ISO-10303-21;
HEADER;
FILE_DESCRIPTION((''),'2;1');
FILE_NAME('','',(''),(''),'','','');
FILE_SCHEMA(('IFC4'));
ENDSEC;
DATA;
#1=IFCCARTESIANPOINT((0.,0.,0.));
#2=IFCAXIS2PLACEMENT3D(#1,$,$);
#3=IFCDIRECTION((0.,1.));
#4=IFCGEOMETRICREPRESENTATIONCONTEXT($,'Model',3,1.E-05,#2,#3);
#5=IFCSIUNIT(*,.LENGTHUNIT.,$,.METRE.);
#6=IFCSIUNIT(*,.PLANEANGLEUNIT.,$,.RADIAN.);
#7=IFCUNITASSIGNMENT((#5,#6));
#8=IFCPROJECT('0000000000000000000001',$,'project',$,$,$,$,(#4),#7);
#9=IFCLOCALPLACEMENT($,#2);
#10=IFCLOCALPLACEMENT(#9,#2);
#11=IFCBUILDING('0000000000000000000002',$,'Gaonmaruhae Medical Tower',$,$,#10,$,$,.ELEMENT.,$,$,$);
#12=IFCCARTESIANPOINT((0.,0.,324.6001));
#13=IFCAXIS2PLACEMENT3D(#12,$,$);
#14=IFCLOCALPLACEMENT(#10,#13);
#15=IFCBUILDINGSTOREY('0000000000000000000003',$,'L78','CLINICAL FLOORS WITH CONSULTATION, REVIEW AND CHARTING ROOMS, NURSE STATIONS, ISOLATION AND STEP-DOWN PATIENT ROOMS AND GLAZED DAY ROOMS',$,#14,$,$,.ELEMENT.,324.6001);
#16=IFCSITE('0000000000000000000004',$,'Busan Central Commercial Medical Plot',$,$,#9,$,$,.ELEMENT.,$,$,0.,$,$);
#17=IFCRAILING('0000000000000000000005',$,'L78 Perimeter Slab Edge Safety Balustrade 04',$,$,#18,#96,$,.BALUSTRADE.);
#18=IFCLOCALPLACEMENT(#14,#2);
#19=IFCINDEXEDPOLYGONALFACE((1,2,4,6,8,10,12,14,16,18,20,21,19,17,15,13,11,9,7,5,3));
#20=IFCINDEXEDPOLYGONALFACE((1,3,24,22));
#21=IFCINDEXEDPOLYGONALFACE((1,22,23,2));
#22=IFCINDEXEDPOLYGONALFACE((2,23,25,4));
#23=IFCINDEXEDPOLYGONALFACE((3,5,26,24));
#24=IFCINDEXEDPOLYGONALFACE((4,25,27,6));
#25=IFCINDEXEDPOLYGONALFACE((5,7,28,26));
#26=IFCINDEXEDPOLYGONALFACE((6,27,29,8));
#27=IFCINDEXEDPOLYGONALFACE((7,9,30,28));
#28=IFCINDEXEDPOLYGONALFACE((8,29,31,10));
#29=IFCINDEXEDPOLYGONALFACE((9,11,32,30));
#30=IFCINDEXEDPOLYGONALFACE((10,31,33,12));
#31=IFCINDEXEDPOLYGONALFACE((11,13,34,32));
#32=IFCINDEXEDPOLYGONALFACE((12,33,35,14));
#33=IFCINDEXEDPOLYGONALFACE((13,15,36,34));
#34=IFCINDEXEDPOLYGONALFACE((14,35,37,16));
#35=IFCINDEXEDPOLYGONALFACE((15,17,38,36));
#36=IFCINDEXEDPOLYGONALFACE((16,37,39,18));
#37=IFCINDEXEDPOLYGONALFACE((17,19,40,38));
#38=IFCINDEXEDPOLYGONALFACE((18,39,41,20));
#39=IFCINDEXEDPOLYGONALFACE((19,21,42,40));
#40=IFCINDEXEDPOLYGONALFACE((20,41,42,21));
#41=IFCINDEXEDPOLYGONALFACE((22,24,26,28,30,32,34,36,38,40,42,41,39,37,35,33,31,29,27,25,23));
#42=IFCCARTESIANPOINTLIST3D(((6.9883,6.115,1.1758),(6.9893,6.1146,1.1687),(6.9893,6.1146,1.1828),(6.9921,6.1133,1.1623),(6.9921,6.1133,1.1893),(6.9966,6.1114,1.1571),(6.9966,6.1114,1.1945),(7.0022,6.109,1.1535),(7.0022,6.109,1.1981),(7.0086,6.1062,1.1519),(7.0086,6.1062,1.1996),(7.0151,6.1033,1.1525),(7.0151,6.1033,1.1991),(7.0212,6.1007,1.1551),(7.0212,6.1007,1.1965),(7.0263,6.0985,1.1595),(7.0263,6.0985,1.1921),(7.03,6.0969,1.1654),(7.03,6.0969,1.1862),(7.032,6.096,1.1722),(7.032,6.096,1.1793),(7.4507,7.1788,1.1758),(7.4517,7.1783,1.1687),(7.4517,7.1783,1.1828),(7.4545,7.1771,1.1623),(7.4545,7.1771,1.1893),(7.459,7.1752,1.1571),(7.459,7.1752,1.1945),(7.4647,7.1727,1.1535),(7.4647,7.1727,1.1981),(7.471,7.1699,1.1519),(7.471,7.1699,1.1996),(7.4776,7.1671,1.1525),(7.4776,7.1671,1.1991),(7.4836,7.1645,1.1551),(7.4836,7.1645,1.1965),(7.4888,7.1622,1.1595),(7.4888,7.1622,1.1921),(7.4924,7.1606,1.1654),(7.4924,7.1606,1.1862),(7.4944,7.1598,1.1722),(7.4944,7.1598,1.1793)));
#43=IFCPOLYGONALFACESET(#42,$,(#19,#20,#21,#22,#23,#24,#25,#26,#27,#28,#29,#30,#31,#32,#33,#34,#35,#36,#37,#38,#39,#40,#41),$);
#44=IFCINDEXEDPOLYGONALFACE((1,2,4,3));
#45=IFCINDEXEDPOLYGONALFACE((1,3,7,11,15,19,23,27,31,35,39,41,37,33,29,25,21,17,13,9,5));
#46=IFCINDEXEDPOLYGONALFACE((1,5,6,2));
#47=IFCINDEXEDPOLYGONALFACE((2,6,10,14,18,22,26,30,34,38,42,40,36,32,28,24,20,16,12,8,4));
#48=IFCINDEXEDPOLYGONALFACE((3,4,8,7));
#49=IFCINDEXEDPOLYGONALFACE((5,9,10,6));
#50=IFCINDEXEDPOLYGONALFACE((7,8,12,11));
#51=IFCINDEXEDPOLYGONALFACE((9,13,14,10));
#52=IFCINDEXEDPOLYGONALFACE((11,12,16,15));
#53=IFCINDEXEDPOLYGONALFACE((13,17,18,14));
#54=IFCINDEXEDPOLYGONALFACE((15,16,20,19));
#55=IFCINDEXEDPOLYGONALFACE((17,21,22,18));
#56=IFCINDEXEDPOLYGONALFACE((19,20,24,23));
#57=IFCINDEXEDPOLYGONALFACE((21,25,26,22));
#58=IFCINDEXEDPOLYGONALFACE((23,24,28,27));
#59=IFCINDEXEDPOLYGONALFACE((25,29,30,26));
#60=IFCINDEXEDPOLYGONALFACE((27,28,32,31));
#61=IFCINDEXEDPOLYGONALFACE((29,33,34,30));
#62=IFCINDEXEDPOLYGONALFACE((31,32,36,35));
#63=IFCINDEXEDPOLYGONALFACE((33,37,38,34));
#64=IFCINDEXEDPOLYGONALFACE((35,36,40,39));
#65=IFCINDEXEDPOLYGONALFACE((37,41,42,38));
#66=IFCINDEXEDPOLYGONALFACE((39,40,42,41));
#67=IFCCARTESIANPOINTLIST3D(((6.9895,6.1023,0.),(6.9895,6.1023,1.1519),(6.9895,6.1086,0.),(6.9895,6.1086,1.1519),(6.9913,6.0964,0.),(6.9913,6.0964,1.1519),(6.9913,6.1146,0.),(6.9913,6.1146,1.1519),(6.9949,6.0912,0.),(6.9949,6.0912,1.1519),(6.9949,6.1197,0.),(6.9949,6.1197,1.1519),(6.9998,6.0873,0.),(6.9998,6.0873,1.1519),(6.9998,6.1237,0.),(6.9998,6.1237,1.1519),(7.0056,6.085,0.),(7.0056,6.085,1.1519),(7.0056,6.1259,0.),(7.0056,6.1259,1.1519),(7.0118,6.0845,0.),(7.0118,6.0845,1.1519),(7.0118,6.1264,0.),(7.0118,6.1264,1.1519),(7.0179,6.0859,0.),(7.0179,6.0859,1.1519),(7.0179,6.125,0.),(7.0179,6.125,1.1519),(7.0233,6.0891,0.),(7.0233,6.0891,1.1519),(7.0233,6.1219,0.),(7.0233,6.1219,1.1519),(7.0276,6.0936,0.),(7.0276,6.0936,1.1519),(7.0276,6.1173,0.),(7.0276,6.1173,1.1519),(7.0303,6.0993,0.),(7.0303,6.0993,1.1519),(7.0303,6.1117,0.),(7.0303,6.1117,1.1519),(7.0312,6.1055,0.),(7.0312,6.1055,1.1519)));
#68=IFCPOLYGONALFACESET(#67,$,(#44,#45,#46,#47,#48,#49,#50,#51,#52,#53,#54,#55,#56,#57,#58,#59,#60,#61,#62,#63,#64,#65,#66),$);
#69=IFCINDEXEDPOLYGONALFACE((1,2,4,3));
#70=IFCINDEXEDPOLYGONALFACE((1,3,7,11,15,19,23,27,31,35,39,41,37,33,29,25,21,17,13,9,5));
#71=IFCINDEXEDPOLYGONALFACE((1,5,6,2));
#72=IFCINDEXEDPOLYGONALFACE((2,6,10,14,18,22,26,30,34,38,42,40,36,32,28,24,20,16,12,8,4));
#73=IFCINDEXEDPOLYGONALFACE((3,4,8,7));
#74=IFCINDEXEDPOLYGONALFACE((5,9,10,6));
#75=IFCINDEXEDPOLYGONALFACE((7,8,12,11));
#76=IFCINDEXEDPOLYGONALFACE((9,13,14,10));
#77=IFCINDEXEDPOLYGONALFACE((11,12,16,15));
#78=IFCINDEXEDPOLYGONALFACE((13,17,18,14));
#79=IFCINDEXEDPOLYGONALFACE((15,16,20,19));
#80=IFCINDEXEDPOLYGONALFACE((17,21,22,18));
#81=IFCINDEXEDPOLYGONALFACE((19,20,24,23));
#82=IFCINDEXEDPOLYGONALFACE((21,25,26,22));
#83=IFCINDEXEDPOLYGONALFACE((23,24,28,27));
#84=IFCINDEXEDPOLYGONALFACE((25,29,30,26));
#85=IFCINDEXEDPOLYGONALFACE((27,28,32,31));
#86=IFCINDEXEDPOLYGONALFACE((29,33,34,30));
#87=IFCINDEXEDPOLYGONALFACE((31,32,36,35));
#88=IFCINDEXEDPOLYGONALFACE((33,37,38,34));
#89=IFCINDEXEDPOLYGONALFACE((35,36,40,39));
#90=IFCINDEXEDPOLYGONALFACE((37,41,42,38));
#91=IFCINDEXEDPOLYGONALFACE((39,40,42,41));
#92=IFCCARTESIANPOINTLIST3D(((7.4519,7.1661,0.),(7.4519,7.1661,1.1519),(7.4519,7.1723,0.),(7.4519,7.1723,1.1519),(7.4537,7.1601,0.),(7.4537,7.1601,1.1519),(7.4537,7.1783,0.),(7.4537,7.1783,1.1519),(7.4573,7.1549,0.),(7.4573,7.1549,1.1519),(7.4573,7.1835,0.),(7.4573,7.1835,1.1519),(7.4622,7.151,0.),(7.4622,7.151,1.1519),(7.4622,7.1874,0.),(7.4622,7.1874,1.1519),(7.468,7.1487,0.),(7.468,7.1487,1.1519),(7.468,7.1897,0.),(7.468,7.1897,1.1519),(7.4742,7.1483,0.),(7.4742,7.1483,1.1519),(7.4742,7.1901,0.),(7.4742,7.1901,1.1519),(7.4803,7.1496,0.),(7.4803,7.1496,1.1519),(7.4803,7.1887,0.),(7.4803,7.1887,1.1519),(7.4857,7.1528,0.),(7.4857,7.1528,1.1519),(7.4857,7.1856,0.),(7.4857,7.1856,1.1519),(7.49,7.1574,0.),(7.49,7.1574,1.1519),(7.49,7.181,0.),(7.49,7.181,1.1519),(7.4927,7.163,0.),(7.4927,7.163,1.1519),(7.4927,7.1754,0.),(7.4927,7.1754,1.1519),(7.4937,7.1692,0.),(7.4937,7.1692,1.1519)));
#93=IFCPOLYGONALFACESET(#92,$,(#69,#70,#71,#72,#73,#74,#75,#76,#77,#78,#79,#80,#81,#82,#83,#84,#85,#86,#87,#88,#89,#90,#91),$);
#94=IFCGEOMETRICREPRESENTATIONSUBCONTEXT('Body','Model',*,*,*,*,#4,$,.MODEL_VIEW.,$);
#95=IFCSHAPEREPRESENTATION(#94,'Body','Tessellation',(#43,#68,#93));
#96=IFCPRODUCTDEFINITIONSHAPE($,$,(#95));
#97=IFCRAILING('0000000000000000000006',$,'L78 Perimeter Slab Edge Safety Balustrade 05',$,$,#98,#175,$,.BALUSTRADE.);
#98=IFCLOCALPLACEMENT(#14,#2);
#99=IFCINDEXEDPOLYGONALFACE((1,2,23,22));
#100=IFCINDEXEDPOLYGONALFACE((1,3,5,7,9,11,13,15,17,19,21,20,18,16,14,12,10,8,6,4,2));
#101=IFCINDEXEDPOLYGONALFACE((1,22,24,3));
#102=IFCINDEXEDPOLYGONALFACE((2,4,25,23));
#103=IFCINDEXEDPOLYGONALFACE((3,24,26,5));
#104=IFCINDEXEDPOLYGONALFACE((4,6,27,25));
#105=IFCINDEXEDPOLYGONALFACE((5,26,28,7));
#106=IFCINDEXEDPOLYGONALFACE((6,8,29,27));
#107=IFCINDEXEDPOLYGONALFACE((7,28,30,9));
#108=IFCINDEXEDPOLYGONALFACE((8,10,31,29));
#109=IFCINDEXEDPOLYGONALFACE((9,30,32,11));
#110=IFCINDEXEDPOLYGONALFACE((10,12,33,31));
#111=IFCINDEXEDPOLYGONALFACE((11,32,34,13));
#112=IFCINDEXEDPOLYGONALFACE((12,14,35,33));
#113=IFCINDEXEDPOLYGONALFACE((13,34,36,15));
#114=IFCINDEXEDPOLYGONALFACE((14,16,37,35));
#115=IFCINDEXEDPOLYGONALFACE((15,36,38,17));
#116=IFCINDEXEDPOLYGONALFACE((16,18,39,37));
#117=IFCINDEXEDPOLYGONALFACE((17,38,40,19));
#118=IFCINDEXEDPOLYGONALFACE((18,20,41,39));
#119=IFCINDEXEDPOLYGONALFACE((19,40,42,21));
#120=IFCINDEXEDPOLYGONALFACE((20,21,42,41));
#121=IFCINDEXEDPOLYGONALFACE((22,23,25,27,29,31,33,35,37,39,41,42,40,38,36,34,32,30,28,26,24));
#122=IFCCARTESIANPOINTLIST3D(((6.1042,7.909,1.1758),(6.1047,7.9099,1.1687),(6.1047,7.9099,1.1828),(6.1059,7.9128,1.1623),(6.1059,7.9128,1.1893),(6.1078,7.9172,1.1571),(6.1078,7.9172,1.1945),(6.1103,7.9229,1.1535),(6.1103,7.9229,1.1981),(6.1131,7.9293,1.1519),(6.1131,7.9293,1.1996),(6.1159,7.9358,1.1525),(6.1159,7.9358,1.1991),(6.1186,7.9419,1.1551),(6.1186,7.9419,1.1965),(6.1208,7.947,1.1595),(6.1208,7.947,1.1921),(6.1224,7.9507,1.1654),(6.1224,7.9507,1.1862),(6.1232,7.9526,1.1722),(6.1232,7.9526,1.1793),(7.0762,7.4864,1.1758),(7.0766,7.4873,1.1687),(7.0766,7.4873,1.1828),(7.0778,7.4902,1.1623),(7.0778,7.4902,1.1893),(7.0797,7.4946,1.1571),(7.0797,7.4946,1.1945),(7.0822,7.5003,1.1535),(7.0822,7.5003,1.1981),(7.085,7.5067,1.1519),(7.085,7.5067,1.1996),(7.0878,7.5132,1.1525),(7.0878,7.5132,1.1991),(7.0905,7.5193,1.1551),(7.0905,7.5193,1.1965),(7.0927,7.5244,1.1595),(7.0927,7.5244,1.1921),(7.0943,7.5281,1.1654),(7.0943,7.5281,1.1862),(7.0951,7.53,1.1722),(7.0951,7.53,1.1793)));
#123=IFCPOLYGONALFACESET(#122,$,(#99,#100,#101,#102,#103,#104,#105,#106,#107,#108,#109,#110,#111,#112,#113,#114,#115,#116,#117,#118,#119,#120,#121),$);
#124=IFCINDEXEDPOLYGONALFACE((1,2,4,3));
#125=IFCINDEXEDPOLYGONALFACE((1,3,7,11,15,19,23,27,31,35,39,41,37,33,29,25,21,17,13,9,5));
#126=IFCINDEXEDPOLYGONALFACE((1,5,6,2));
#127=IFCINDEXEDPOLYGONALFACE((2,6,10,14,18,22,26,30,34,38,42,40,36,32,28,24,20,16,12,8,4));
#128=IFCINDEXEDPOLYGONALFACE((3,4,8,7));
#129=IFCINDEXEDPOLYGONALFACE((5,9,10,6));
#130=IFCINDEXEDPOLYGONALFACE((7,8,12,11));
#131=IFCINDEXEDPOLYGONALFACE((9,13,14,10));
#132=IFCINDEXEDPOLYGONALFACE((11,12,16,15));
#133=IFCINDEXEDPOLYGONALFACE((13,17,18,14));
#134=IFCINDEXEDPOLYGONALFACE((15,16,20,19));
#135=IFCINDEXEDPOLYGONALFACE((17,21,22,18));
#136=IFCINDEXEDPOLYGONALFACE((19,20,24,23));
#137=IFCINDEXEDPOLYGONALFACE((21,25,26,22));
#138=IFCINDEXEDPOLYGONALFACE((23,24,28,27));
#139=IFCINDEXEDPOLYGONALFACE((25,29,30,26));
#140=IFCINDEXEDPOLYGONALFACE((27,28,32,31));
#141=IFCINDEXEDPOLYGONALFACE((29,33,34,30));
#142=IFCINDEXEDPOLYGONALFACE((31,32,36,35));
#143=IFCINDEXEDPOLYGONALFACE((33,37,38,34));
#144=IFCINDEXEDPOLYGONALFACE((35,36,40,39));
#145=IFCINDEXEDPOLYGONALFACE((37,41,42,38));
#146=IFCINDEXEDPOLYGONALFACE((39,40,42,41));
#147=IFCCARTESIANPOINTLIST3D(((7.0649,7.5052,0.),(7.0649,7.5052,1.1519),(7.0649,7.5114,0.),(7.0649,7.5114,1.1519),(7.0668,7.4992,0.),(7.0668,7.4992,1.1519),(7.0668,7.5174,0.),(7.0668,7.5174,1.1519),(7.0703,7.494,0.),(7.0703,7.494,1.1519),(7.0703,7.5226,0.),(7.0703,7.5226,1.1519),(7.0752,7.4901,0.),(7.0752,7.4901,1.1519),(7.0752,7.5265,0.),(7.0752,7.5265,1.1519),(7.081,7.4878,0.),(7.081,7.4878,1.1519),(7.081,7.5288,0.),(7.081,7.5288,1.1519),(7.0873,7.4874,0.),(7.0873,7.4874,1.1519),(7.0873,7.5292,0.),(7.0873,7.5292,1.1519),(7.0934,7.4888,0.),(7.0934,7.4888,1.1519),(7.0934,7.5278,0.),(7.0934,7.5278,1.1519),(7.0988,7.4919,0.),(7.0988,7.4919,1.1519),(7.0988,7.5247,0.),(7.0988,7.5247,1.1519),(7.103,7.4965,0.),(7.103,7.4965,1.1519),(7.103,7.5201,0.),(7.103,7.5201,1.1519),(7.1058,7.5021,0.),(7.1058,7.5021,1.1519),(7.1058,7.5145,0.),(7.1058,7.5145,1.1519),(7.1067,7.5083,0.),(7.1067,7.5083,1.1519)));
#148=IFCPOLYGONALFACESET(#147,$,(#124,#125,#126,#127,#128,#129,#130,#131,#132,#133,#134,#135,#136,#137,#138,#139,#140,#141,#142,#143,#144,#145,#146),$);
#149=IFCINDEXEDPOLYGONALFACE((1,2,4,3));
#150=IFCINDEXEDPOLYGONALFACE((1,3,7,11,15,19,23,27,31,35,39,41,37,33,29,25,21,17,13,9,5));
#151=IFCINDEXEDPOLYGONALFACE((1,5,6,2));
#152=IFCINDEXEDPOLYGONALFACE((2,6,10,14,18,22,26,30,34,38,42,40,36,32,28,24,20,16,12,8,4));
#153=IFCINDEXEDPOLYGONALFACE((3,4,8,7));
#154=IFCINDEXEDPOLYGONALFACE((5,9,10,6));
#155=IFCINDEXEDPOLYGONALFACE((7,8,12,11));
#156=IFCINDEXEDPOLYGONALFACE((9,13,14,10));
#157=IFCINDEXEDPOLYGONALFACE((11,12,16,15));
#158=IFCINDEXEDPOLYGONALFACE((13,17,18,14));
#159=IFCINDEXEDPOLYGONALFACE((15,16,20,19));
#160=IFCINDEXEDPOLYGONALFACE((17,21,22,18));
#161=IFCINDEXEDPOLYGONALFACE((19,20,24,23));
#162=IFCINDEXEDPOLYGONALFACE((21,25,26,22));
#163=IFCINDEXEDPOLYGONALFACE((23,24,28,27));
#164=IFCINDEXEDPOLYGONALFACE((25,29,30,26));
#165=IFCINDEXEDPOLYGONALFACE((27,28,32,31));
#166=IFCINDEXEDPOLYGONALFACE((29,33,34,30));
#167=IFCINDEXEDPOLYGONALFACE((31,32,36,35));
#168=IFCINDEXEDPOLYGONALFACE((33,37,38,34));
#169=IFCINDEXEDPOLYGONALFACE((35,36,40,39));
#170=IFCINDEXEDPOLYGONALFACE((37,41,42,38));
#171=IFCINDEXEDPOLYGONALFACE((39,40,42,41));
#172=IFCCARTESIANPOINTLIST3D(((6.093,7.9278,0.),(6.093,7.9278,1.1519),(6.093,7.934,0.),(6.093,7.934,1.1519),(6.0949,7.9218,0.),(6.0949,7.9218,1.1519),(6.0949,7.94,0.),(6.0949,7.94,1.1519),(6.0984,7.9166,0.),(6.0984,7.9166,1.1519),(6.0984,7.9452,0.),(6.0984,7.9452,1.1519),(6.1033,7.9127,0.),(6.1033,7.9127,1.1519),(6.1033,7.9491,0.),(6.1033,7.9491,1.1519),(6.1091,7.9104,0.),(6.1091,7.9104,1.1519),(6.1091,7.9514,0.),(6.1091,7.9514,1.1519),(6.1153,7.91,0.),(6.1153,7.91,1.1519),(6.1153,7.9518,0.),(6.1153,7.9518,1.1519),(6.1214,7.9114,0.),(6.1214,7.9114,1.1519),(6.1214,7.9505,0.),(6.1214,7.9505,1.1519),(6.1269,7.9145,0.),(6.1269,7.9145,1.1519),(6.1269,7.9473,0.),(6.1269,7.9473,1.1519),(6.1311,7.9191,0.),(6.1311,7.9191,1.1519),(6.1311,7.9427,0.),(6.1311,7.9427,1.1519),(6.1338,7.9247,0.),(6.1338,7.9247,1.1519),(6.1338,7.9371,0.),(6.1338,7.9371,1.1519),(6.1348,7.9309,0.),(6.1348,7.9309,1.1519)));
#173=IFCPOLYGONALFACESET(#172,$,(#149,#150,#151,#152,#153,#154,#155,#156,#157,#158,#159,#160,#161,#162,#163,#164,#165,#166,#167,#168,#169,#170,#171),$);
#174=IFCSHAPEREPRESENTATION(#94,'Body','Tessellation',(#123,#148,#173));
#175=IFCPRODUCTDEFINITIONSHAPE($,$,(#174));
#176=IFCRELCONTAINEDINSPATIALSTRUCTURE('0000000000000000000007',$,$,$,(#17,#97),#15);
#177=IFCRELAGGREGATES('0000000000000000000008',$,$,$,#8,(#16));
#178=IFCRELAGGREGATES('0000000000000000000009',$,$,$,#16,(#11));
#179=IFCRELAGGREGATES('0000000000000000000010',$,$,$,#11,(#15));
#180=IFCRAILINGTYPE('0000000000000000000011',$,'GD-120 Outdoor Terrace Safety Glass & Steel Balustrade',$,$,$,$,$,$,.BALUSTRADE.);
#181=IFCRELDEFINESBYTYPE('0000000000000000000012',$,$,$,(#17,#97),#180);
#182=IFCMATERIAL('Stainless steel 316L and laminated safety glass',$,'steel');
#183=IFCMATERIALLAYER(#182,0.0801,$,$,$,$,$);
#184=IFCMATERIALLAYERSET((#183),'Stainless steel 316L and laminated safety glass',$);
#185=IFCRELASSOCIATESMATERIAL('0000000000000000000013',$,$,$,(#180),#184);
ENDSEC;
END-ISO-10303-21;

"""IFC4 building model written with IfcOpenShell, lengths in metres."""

from ifc_helpers import new_model, si_unit, direction, frame, origin, origin_2d, place, context, subcontext, project, spatial, circle, extrude, material, layer, layer_set, type_object, element, save


model = new_model("IFC4")

# Units and contexts
model_context = context("Model", 3, precision=1e-05, world=origin(), true_north=direction((0.0, 1.0)))
body_context = subcontext(model_context, "Body", "Model", "MODEL_VIEW")
ifc_project = project(units=[si_unit("LENGTHUNIT", "METRE"), si_unit("PLANEANGLEUNIT", "RADIAN")], contexts=[model_context])

# Site, building, storey
site_placement = place(None, origin())
site = spatial("IfcSite", under=ifc_project, at=site_placement, Name="Busan Central Commercial Medical Plot", CompositionType="ELEMENT", RefElevation=0.0)
building_placement = place(site_placement, origin())
building = spatial("IfcBuilding", under=site, at=building_placement, Name="Gaonmaruhae Medical Tower", CompositionType="ELEMENT")
storey_placement = place(building_placement, frame((0.0, 0.0, 324.6001)))
storey = spatial("IfcBuildingStorey", under=building, at=storey_placement, Name="L78", Description="CLINICAL FLOORS WITH CONSULTATION, REVIEW AND CHARTING ROOMS, NURSE STATIONS, ISOLATION AND STEP-DOWN PATIENT ROOMS AND GLAZED DAY ROOMS", CompositionType="ELEMENT", Elevation=324.6001)

# Railings
ifc_material_1 = material(Name="Stainless steel 316L and laminated safety glass", Category="steel")
ifc_layer_1 = layer(ifc_material_1, 0.0801)
ifc_layer_set_1 = layer_set([ifc_layer_1], Name="Stainless steel 316L and laminated safety glass")
railing_type = type_object("IfcRailingType", Name="GD-120 Outdoor Terrace Safety Glass & Steel Balustrade", PredefinedType="BALUSTRADE", material=ifc_layer_set_1)
railing_1_placement = place(storey_placement, frame((7.0103, 6.1055, 0.0)))
element("IfcRailing", 1, at=railing_1_placement, inside=storey, type_object=railing_type, Name="L78 Perimeter Slab Edge Safety Balustrade 04", PredefinedType="BALUSTRADE", context=body_context, shape_type="SweptSolid", body=[
    extrude(circle(Radius=0.0239, at=origin_2d()), frame((0.0, 0.0, 1.1758), z_axis=(0.398665, 0.917097, 0.0), x_axis=(-0.917097, 0.398665, 0.0)), (0.0, 0.0, 1.0), 1.1599),
    extrude(circle(Radius=0.021, at=origin_2d()), origin(), (0.0, 0.0, 1.0), 1.1519),
    extrude(circle(Radius=0.021, at=origin_2d()), frame((0.4624, 1.0637, 0.0)), (0.0, 0.0, 1.0), 1.1519),
])
railing_2_placement = place(storey_placement, frame((7.0857, 7.5083, 0.0)))
element("IfcRailing", 2, at=railing_2_placement, inside=storey, type_object=railing_type, Name="L78 Perimeter Slab Edge Safety Balustrade 05", PredefinedType="BALUSTRADE", context=body_context, shape_type="SweptSolid", body=[
    extrude(circle(Radius=0.0239, at=origin_2d()), frame((0.0, 0.0, 1.1758), z_axis=(-0.917059, 0.398751, 0.0), x_axis=(-0.398751, -0.917059, 0.0)), (0.0, 0.0, 1.0), 1.0598),
    extrude(circle(Radius=0.021, at=origin_2d()), origin(), (0.0, 0.0, 1.0), 1.1519),
    extrude(circle(Radius=0.021, at=origin_2d()), frame((-0.9719, 0.4226, 0.0)), (0.0, 0.0, 1.0), 1.1519),
])

save(model, "model.ifc")
